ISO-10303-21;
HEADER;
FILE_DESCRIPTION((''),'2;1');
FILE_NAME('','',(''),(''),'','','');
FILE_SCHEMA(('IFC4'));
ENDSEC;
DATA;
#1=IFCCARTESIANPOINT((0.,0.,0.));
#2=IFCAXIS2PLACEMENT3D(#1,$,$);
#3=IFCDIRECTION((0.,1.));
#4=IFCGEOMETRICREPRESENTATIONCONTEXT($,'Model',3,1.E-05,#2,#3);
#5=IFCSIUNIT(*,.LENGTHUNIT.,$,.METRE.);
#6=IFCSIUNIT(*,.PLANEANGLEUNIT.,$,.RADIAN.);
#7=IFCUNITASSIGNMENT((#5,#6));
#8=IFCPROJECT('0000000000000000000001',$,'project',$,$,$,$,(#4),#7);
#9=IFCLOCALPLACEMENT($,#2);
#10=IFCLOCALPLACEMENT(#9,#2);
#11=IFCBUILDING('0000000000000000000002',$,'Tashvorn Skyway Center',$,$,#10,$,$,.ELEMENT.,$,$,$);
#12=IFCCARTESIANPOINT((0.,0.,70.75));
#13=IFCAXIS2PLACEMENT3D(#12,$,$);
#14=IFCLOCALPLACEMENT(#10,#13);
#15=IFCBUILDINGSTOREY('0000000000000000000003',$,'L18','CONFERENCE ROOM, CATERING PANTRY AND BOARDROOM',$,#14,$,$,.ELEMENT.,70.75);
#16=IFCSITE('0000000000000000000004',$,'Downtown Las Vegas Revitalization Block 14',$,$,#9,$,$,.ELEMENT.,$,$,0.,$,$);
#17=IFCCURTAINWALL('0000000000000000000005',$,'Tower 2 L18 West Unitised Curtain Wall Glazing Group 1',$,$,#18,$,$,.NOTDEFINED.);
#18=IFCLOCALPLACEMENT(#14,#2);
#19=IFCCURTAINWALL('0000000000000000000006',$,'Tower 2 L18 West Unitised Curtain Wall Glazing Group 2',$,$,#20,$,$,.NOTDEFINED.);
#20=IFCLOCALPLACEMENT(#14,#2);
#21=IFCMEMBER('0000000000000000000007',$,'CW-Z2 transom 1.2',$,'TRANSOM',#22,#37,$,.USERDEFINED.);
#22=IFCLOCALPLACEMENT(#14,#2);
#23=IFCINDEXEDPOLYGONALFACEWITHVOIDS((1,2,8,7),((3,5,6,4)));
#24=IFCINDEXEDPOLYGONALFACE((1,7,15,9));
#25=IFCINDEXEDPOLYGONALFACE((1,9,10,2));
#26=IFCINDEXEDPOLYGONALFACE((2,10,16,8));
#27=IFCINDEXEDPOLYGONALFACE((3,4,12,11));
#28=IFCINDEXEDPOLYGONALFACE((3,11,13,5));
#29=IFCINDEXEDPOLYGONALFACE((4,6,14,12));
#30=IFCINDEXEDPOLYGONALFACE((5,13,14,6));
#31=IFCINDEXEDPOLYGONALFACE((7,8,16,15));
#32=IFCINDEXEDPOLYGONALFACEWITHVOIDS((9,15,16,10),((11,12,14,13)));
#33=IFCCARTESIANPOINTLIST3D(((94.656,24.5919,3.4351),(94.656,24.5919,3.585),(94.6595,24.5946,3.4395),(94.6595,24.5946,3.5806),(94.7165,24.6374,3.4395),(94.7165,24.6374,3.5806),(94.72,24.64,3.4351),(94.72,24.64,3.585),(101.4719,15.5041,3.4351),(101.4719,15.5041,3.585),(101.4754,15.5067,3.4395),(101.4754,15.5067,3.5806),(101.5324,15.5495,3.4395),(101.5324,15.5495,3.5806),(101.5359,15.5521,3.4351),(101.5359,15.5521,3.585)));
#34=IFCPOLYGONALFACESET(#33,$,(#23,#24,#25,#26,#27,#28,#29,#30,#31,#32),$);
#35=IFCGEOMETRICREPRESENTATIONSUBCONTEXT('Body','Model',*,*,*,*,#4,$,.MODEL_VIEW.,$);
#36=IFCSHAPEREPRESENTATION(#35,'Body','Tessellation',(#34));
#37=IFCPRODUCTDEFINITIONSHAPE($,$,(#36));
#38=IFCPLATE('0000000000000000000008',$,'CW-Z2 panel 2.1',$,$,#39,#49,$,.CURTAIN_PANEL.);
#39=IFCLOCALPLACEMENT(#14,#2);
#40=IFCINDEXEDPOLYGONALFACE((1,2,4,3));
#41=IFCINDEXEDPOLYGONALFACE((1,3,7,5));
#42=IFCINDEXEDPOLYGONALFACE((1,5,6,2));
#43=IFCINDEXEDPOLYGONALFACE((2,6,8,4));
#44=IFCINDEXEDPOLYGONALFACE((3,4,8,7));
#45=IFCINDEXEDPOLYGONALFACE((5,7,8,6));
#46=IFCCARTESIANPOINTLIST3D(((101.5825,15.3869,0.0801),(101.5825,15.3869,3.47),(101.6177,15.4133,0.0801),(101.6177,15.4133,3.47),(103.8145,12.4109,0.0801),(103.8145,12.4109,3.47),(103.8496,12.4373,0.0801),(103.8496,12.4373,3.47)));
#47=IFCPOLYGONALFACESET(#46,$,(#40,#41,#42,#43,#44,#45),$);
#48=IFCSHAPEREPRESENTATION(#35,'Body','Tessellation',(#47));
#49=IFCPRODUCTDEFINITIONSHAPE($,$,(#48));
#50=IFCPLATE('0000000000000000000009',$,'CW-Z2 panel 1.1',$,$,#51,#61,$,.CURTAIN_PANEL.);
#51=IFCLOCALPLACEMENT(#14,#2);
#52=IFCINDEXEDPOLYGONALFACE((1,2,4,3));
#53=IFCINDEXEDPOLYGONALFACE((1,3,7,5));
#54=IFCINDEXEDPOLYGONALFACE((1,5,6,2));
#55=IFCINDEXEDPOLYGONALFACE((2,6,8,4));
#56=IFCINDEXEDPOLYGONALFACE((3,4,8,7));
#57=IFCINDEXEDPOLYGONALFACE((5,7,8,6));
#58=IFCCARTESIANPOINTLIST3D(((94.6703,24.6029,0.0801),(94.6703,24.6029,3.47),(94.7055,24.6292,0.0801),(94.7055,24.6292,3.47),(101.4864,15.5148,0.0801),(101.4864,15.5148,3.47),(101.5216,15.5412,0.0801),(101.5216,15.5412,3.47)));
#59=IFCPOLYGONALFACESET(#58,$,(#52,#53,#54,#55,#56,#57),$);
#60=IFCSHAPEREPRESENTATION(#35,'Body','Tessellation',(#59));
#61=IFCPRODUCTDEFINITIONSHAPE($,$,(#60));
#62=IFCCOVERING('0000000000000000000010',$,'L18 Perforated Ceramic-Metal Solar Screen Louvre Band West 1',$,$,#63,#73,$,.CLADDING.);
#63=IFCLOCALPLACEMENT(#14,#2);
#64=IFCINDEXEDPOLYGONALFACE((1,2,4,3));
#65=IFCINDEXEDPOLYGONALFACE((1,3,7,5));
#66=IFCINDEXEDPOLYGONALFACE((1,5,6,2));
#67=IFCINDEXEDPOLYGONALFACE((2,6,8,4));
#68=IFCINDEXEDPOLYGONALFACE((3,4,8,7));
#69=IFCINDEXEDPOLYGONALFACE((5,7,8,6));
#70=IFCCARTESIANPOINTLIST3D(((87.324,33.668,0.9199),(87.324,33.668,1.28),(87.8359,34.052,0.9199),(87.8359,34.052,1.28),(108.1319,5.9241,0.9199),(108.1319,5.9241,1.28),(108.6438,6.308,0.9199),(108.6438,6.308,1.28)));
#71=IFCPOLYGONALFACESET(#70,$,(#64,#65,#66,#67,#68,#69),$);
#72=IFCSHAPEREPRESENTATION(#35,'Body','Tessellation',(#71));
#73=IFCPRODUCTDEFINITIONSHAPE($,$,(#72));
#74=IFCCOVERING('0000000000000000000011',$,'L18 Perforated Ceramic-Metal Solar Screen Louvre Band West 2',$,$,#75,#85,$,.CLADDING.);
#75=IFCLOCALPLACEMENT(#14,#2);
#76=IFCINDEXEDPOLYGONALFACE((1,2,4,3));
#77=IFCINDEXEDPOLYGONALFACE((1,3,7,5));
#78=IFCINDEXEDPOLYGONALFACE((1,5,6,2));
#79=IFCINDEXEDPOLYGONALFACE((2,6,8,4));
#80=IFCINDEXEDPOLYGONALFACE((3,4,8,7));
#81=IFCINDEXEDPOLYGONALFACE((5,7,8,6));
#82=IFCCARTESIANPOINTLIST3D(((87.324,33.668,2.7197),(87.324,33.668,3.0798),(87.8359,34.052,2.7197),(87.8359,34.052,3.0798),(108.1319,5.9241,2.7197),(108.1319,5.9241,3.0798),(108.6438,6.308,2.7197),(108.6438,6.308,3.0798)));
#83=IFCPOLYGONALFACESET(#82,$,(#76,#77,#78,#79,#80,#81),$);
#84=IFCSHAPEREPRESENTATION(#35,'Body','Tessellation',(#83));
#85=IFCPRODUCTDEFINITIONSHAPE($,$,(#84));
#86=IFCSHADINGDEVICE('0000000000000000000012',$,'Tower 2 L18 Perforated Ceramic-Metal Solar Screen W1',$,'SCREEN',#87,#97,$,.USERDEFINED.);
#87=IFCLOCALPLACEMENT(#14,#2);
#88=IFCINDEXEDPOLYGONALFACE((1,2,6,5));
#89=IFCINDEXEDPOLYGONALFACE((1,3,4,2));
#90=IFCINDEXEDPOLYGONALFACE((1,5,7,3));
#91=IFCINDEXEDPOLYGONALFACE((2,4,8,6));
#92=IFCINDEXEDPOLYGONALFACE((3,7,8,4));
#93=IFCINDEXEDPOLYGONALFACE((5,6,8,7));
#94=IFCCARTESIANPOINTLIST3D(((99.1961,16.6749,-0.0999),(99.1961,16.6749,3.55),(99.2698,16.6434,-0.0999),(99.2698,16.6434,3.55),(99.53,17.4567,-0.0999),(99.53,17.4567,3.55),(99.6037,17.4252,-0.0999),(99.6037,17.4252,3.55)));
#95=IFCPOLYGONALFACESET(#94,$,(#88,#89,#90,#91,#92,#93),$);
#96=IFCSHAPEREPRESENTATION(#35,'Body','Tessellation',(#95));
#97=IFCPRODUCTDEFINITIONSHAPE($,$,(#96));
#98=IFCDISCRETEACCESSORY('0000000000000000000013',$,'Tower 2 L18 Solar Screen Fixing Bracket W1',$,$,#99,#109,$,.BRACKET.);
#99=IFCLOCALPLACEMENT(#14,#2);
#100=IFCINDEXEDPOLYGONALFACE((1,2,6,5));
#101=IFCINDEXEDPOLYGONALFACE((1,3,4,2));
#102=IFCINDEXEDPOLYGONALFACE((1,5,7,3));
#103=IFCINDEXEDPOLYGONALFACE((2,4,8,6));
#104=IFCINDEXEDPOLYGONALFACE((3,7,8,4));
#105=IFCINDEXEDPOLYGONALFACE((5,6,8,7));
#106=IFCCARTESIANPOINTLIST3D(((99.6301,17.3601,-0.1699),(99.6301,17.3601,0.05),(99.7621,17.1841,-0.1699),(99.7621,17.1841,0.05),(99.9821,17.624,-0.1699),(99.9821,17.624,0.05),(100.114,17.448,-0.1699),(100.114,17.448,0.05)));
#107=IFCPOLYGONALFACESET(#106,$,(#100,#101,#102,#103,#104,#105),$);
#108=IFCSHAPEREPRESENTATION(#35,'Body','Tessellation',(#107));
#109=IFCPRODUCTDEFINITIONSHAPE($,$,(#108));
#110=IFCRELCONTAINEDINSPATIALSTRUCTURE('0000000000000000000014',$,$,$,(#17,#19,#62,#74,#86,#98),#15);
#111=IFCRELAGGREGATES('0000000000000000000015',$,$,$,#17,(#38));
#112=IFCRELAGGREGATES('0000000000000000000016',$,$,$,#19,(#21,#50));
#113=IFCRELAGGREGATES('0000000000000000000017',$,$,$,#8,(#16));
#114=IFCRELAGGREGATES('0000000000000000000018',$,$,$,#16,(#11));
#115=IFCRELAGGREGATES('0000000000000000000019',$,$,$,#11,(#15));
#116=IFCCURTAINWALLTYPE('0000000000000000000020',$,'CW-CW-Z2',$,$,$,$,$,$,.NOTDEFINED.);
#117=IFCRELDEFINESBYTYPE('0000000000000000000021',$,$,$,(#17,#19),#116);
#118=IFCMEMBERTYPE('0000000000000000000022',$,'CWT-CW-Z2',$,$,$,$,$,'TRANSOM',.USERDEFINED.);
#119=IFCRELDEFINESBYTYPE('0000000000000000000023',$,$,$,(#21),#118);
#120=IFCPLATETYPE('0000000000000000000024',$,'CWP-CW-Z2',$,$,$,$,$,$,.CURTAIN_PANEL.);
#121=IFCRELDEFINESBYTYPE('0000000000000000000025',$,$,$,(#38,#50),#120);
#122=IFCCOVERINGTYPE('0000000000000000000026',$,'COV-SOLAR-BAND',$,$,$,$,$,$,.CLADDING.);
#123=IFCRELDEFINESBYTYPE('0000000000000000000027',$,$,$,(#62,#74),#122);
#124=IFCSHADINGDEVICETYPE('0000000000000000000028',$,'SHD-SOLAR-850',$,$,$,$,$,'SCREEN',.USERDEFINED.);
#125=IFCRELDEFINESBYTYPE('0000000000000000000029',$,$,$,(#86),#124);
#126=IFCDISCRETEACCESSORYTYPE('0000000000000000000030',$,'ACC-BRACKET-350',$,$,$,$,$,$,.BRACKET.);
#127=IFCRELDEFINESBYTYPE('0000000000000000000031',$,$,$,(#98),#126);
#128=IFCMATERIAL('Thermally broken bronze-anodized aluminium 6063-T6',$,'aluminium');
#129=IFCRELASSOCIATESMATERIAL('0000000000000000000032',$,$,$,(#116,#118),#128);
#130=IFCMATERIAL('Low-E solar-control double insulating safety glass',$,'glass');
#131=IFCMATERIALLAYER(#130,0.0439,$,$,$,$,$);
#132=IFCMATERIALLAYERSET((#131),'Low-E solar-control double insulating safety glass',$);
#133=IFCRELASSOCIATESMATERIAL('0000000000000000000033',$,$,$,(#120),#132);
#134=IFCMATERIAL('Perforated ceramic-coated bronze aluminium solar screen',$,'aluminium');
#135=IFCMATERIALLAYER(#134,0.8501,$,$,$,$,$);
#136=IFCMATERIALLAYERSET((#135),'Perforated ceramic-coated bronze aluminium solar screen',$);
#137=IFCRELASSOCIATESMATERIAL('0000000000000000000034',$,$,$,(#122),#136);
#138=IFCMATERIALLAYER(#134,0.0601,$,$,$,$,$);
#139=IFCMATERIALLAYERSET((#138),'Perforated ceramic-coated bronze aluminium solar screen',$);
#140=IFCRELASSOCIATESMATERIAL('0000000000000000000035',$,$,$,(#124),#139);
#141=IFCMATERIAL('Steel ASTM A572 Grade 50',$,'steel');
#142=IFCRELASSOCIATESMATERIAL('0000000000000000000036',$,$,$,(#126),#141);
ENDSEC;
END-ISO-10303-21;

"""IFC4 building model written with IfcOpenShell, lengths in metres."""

from ifc_helpers import new_model, si_unit, direction, frame, origin, origin_2d, place, context, subcontext, project, spatial, rectangle, hollow_rectangle, extrude, material, layer, layer_set, material_profile, profile_set, type_object, element, aggregate, save


model = new_model("IFC4")

# Units and contexts
model_context = context("Model", 3, precision=1e-05, world=origin(), true_north=direction((0.0, 1.0)))
body_context = subcontext(model_context, "Body", "Model", "MODEL_VIEW")
ifc_project = project(units=[si_unit("LENGTHUNIT", "METRE"), si_unit("PLANEANGLEUNIT", "RADIAN")], contexts=[model_context])

# Site, building, storey
site_placement = place(None, origin())
site = spatial("IfcSite", under=ifc_project, at=site_placement, Name="Downtown Las Vegas Revitalization Block 14", CompositionType="ELEMENT", RefElevation=0.0)
building_placement = place(site_placement, origin())
building = spatial("IfcBuilding", under=site, at=building_placement, Name="Tashvorn Skyway Center", CompositionType="ELEMENT")
storey_placement = place(building_placement, frame((0.0, 0.0, 70.75)))
storey = spatial("IfcBuildingStorey", under=building, at=storey_placement, Name="L18", Description="CONFERENCE ROOM, CATERING PANTRY AND BOARDROOM", CompositionType="ELEMENT", Elevation=70.75)

# Shared definitions
ifc_material_1 = material(Name="Steel ASTM A572 Grade 50", Category="steel")

# Curtain wall
ifc_material_2 = material(Name="Thermally broken bronze-anodized aluminium 6063-T6", Category="aluminium")
curtain_wall_type = type_object("IfcCurtainWallType", Name="CW-CW-Z2", PredefinedType="NOTDEFINED", material=ifc_material_2)
curtain_wall_1_placement = place(storey_placement, origin())
curtain_wall_1 = element("IfcCurtainWall", 1, at=curtain_wall_1_placement, inside=storey, type_object=curtain_wall_type, Name="Tower 2 L18 West Unitised Curtain Wall Glazing Group 1", PredefinedType="NOTDEFINED")

# Curtain wall
curtain_wall_2_placement = place(storey_placement, origin())
curtain_wall_2 = element("IfcCurtainWall", 2, at=curtain_wall_2_placement, inside=storey, type_object=curtain_wall_type, Name="Tower 2 L18 West Unitised Curtain Wall Glazing Group 2", PredefinedType="NOTDEFINED")

# Member
ifc_material_profile_1 = material_profile(ifc_material_2, hollow_rectangle(XDim=0.0801, YDim=0.1499, WallThickness=0.0044, at=origin_2d()), Name="ALU-TRAN-80x150")
ifc_profile_set_1 = profile_set([ifc_material_profile_1], Name="Thermally broken bronze-anodized aluminium 6063-T6")
member_type_1 = type_object("IfcMemberType", Name="CWT-CW-Z2", ElementType="TRANSOM", PredefinedType="USERDEFINED", material=ifc_profile_set_1)
member_1_placement = place(storey_placement, frame((101.5039, 15.5281, 3.51), z_axis=(-0.6, 0.8, 0.0), x_axis=(-0.8, -0.6, 0.0)))
member_1 = element("IfcMember", 3, at=member_1_placement, type_object=member_type_1, Name="CW-Z2 transom 1.2", ObjectType="TRANSOM", PredefinedType="USERDEFINED", context=body_context, shape_type="SweptSolid", body=[
    extrude(hollow_rectangle(XDim=0.0801, YDim=0.1499, WallThickness=0.0044, at=origin_2d()), origin(), (0.0, 0.0, 1.0), 11.3599),
])

# Plates
ifc_material_3 = material(Name="Low-E solar-control double insulating safety glass", Category="glass")
ifc_layer_1 = layer(ifc_material_3, 0.0439)
ifc_layer_set_1 = layer_set([ifc_layer_1], Name="Low-E solar-control double insulating safety glass")
plate_type = type_object("IfcPlateType", Name="CWP-CW-Z2", PredefinedType="CURTAIN_PANEL", material=ifc_layer_set_1)
plate_1_placement = place(storey_placement, frame((102.7161, 13.9121, 0.0801), z_axis=(0.0, 0.0, 1.0), x_axis=(-0.6, 0.8, 0.0)))
plate_1 = element("IfcPlate", 4, at=plate_1_placement, type_object=plate_type, Name="CW-Z2 panel 2.1", PredefinedType="CURTAIN_PANEL", context=body_context, shape_type="SweptSolid", body=[
    extrude(rectangle(XDim=3.72, YDim=0.0439, at=origin_2d()), origin(), (0.0, 0.0, 1.0), 3.3899),
])
aggregate(curtain_wall_1, [plate_1])
plate_2_placement = place(storey_placement, frame((98.0959, 20.072, 0.0801), z_axis=(0.0, 0.0, 1.0), x_axis=(-0.6, 0.8, 0.0)))
plate_2 = element("IfcPlate", 5, at=plate_2_placement, type_object=plate_type, Name="CW-Z2 panel 1.1", PredefinedType="CURTAIN_PANEL", context=body_context, shape_type="SweptSolid", body=[
    extrude(rectangle(XDim=11.3601, YDim=0.0439, at=origin_2d()), origin(), (0.0, 0.0, 1.0), 3.3899),
])
aggregate(curtain_wall_2, [member_1, plate_2])

# Coverings
ifc_material_4 = material(Name="Perforated ceramic-coated bronze aluminium solar screen", Category="aluminium")
ifc_layer_2 = layer(ifc_material_4, 0.8501)
ifc_layer_set_2 = layer_set([ifc_layer_2], Name="Perforated ceramic-coated bronze aluminium solar screen")
covering_type = type_object("IfcCoveringType", Name="COV-SOLAR-BAND", PredefinedType="CLADDING", material=ifc_layer_set_2)
for number, where, z_axis, x_axis, name in (
    (6, (97.9839, 19.988, 0.9199), (0.0, 0.0, 1.0), (-0.6, 0.8, 0.0), "L18 Perforated Ceramic-Metal Solar Screen Louvre Band West 1"),
    (7, (97.9839, 19.988, 2.7197), (0.0, 0.0, 1.0), (-0.6, 0.8, 0.0), "L18 Perforated Ceramic-Metal Solar Screen Louvre Band West 2"),
):
    element("IfcCovering", number, at=place(storey_placement, frame(where, z_axis=z_axis, x_axis=x_axis)), inside=storey, type_object=covering_type, Name=name, PredefinedType="CLADDING", context=body_context, shape_type="SweptSolid", body=[
        extrude(rectangle(XDim=34.6799, YDim=0.6399, at=origin_2d()), origin(), (0.0, 0.0, 1.0), 0.3601),
    ])

# Shading device
ifc_layer_3 = layer(ifc_material_4, 0.0601)
ifc_layer_set_3 = layer_set([ifc_layer_3], Name="Perforated ceramic-coated bronze aluminium solar screen")
shading_device_type = type_object("IfcShadingDeviceType", Name="SHD-SOLAR-850", ElementType="SCREEN", PredefinedType="USERDEFINED", material=ifc_layer_set_3)
shading_device_placement = place(storey_placement, frame((99.3999, 17.05, -0.0999), z_axis=(0.0, 0.0, 1.0), x_axis=(-0.919615, 0.39282, 0.0)))
element("IfcShadingDevice", 8, at=shading_device_placement, inside=storey, type_object=shading_device_type, Name="Tower 2 L18 Perforated Ceramic-Metal Solar Screen W1", ObjectType="SCREEN", PredefinedType="USERDEFINED", context=body_context, shape_type="SweptSolid", body=[
    extrude(rectangle(XDim=0.0801, YDim=0.8501, at=origin_2d()), origin(), (0.0, 0.0, 1.0), 3.6499),
])

# Discrete accessory
discrete_accessory_type = type_object("IfcDiscreteAccessoryType", Name="ACC-BRACKET-350", PredefinedType="BRACKET", material=ifc_material_1)
discrete_accessory_placement = place(storey_placement, frame((99.8721, 17.4041, -0.1699), z_axis=(0.0, 0.0, 1.0), x_axis=(-0.6, 0.8, 0.0)))
element("IfcDiscreteAccessory", 9, at=discrete_accessory_placement, inside=storey, type_object=discrete_accessory_type, Name="Tower 2 L18 Solar Screen Fixing Bracket W1", PredefinedType="BRACKET", context=body_context, shape_type="SweptSolid", body=[
    extrude(rectangle(XDim=0.22, YDim=0.4399, at=origin_2d()), origin(), (0.0, 0.0, 1.0), 0.22),
])

save(model, "model.ifc")
